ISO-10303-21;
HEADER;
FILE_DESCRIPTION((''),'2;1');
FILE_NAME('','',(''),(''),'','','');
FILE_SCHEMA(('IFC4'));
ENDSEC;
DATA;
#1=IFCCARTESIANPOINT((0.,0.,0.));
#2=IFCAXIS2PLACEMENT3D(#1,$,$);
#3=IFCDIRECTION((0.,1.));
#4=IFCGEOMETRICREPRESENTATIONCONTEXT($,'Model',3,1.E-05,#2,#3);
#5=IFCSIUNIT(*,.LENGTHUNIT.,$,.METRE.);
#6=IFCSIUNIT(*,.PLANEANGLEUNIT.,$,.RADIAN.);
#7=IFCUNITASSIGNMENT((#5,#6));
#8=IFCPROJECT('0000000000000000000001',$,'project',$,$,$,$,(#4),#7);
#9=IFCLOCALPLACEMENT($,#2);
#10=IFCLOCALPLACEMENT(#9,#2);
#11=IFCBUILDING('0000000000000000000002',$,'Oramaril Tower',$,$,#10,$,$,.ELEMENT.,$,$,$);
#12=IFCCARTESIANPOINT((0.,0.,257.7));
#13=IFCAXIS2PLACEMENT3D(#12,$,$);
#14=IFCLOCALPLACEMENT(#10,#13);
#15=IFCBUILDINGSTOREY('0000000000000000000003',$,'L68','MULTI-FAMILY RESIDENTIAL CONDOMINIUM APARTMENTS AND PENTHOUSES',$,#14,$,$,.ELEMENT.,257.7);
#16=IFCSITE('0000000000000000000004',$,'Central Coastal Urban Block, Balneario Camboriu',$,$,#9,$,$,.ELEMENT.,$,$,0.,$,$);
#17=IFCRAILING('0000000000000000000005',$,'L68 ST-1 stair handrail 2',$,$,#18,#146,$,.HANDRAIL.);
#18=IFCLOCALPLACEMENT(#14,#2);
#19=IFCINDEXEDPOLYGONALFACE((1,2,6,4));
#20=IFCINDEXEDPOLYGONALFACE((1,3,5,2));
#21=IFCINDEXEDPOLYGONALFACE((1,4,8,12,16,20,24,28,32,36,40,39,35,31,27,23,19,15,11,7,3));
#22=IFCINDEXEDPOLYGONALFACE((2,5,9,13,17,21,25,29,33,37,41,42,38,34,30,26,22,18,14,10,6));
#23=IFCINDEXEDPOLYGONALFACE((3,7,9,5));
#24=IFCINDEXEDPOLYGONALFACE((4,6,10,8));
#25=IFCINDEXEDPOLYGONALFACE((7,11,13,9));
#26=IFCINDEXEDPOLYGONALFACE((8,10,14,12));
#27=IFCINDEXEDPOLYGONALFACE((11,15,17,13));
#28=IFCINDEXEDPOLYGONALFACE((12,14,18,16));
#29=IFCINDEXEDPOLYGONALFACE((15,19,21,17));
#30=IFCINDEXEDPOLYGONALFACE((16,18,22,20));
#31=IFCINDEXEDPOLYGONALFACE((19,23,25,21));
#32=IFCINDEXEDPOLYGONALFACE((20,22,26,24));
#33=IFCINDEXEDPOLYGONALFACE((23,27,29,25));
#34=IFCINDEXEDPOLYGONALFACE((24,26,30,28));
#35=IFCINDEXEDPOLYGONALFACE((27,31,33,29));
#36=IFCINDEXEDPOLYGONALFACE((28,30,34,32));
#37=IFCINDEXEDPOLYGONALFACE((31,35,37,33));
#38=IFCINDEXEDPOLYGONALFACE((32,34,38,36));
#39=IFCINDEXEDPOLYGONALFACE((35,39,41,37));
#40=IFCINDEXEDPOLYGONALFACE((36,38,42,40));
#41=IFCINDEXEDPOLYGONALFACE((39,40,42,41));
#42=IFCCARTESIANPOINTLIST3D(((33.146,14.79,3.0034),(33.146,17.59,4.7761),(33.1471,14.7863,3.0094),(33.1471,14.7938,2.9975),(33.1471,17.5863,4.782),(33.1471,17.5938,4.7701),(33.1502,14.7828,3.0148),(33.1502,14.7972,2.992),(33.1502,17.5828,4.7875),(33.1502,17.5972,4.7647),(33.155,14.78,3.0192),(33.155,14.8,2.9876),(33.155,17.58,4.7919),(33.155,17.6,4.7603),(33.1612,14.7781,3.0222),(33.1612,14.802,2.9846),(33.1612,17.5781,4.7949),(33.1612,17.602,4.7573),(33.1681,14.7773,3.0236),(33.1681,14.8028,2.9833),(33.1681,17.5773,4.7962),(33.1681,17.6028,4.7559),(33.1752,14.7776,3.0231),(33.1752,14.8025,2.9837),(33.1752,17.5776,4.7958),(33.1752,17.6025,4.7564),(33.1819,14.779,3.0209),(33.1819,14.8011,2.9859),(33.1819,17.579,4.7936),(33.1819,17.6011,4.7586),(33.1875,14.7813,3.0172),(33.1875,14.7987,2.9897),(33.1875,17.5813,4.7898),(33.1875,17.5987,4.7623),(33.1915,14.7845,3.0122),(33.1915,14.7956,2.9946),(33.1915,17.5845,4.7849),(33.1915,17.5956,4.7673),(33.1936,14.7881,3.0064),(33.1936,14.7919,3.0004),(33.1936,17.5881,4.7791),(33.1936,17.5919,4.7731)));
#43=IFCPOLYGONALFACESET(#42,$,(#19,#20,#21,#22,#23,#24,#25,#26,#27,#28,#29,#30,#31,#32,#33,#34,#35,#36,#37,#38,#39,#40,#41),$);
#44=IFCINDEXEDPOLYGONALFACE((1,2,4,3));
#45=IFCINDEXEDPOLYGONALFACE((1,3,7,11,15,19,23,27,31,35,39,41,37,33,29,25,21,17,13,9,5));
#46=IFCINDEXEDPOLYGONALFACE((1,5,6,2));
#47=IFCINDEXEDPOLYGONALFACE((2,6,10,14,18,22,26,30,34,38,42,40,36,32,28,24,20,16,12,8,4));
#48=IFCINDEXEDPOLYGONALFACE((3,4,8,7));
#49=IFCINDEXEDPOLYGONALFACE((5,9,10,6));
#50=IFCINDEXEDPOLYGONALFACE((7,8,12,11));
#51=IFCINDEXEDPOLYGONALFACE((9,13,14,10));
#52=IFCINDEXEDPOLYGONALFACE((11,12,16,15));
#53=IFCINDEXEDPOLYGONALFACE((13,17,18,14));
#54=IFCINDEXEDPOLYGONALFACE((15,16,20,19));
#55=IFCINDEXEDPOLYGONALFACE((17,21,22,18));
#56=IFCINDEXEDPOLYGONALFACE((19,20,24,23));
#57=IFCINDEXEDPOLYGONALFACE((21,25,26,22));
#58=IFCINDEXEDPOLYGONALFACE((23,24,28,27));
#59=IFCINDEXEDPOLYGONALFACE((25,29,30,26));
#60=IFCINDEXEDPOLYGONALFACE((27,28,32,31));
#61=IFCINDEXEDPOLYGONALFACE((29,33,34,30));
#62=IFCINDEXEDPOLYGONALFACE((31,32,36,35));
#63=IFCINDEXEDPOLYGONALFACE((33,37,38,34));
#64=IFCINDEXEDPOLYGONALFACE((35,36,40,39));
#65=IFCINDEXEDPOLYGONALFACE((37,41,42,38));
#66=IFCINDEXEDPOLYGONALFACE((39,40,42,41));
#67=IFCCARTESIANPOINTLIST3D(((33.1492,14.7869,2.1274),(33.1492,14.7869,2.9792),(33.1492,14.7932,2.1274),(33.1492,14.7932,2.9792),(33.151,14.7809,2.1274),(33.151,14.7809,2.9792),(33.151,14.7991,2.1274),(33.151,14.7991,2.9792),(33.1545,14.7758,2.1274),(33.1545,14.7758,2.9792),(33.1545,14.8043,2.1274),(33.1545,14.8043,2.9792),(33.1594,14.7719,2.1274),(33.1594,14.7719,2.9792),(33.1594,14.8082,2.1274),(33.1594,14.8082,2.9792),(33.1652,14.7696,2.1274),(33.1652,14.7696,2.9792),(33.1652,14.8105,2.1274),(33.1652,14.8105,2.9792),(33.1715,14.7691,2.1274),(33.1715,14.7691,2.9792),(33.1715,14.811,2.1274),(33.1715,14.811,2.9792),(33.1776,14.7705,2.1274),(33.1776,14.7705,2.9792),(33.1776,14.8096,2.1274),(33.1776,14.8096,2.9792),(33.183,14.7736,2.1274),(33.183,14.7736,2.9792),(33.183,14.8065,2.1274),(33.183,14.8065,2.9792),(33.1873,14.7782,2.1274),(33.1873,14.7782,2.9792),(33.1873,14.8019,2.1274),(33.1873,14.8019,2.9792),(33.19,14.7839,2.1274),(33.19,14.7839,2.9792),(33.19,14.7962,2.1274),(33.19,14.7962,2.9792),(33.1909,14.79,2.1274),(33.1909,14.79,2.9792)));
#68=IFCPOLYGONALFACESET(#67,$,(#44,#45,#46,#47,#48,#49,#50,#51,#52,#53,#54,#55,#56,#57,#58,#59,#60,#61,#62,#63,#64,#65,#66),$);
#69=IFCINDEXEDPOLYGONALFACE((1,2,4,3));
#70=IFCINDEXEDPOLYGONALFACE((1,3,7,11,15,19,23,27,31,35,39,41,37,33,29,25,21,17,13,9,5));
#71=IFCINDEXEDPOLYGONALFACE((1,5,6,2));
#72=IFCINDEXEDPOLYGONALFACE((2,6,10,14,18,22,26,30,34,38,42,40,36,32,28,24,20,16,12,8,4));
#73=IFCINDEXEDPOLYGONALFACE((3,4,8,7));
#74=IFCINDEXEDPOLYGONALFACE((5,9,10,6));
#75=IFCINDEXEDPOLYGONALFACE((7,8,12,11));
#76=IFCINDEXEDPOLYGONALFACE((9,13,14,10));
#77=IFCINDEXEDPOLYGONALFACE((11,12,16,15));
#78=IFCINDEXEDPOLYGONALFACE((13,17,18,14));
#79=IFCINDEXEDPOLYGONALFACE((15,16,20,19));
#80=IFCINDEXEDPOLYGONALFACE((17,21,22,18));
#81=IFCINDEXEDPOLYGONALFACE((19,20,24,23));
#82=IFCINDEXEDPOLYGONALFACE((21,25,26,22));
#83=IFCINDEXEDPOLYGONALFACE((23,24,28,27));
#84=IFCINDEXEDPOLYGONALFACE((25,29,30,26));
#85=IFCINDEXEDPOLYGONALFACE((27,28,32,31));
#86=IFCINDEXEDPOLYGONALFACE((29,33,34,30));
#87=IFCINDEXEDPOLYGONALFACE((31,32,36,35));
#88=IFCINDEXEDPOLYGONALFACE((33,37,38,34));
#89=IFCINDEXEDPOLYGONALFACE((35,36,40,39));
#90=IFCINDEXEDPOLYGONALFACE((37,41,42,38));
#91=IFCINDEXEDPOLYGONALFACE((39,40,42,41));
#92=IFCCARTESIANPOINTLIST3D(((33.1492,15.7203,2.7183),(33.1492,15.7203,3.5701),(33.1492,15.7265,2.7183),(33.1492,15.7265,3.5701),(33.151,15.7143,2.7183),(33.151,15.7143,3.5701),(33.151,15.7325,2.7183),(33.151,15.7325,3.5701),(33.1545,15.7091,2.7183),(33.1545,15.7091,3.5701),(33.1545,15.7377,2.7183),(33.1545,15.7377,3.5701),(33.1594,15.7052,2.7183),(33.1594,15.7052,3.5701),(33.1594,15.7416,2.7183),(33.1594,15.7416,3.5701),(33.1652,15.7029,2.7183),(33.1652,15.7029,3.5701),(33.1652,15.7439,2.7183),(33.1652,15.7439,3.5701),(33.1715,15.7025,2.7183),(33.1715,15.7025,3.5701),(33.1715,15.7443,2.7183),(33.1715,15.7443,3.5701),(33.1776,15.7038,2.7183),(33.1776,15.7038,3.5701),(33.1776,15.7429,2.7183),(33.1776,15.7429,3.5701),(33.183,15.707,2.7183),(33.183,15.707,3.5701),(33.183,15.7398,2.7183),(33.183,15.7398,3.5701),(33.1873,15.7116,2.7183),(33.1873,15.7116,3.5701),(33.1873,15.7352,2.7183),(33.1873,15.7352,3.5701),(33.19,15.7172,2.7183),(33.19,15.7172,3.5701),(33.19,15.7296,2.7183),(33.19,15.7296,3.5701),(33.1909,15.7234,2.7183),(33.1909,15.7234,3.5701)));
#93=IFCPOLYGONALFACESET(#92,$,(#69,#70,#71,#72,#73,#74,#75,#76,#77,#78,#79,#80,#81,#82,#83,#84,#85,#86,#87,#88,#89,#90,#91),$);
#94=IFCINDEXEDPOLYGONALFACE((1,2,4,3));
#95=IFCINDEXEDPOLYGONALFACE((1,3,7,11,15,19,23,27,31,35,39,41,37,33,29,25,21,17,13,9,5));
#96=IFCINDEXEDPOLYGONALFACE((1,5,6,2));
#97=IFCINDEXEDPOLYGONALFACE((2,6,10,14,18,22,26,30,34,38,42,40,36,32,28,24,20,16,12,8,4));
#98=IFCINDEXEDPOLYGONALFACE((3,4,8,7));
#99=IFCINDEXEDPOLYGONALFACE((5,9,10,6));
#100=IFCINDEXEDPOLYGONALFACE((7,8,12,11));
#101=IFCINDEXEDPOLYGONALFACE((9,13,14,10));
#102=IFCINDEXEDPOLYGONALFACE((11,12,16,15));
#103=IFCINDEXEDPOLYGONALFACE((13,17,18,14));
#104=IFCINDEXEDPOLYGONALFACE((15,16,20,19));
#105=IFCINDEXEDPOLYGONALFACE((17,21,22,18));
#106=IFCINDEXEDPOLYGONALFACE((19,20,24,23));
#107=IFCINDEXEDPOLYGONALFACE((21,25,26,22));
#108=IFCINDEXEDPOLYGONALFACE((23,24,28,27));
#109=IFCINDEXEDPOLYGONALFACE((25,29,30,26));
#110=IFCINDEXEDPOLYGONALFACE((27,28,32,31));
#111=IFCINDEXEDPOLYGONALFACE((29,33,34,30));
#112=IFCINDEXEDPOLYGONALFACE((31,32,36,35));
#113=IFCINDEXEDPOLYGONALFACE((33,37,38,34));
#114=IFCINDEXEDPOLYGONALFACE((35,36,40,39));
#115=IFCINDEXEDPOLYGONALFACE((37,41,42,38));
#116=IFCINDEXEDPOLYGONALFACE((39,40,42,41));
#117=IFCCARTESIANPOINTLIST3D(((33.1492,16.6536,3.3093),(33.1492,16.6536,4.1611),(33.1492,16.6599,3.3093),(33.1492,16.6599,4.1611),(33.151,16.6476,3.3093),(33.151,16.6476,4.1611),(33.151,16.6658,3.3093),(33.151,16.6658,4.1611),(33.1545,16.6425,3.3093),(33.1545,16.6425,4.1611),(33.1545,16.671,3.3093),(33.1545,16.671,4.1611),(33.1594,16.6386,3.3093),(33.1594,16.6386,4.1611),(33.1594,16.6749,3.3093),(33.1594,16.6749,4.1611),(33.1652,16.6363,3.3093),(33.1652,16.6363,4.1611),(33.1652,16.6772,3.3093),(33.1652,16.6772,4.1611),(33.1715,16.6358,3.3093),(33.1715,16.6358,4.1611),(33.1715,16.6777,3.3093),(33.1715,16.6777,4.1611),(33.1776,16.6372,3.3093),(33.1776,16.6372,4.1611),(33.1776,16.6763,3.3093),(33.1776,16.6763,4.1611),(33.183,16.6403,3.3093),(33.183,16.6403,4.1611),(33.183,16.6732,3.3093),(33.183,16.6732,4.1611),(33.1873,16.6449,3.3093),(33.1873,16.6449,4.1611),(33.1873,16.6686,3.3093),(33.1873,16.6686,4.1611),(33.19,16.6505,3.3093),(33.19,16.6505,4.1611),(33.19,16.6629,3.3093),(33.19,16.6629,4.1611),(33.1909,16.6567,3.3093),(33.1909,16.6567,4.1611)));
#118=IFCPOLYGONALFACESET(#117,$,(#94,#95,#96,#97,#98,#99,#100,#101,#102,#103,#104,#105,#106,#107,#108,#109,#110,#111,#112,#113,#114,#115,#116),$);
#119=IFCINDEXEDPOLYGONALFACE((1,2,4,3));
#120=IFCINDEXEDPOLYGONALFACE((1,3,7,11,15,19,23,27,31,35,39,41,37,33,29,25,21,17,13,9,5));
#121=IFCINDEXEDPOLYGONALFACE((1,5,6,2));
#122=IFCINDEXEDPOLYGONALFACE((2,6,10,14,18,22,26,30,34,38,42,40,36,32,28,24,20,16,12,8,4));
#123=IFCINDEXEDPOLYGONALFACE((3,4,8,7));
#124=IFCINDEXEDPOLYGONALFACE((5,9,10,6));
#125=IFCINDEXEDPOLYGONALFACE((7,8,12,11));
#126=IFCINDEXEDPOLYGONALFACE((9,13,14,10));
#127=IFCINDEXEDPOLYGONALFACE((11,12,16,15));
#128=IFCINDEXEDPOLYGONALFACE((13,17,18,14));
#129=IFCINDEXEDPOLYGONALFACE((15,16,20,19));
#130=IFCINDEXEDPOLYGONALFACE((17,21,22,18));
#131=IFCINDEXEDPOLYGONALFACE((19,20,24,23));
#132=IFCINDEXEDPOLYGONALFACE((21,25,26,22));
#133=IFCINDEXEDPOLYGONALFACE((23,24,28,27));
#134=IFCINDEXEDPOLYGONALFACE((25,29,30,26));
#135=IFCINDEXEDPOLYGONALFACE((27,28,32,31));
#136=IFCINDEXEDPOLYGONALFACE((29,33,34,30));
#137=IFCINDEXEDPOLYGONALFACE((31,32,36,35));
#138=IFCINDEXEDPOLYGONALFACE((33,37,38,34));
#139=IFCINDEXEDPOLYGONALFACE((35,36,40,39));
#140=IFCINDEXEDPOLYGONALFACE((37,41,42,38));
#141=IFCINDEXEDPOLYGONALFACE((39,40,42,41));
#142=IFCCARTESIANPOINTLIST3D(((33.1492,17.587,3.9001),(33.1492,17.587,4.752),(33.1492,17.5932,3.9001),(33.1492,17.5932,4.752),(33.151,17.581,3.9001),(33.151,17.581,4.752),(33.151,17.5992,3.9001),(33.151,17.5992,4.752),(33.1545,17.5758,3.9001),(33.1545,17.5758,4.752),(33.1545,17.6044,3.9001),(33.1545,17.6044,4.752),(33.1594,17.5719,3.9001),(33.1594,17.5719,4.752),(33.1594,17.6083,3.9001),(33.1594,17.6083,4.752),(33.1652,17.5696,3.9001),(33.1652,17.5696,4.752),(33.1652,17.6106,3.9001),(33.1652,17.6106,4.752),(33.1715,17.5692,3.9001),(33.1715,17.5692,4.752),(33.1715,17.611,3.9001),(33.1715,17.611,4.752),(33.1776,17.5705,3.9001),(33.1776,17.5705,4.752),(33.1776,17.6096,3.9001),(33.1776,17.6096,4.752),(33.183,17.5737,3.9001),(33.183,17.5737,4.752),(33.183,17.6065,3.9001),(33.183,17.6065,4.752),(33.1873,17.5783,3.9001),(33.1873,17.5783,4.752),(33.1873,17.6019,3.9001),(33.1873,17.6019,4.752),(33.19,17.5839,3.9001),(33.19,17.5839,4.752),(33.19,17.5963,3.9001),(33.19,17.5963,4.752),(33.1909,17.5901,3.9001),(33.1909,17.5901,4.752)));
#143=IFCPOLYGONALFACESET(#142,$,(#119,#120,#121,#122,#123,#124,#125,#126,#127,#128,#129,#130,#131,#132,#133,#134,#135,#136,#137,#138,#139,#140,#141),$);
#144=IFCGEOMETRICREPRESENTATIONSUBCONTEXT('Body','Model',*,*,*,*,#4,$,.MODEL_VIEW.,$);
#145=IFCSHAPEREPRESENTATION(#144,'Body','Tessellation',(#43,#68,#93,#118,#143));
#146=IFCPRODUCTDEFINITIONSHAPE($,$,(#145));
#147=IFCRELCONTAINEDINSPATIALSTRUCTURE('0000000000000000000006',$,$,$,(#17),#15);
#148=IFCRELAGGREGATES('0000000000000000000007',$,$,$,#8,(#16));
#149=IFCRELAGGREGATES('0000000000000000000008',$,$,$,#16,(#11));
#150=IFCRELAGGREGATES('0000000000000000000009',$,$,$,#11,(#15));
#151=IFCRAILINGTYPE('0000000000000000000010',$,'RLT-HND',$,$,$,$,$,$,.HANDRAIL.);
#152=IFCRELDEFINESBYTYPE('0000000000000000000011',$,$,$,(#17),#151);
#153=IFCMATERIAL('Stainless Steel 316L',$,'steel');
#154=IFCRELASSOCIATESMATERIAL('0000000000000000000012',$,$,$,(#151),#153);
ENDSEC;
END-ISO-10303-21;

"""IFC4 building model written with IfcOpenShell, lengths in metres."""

from ifc_helpers import new_model, si_unit, direction, frame, origin, origin_2d, place, context, subcontext, project, spatial, circle, extrude, material, type_object, element, save


model = new_model("IFC4")

# Units and contexts
model_context = context("Model", 3, precision=1e-05, world=origin(), true_north=direction((0.0, 1.0)))
body_context = subcontext(model_context, "Body", "Model", "MODEL_VIEW")
ifc_project = project(units=[si_unit("LENGTHUNIT", "METRE"), si_unit("PLANEANGLEUNIT", "RADIAN")], contexts=[model_context])

# Site, building, storey
site_placement = place(None, origin())
site = spatial("IfcSite", under=ifc_project, at=site_placement, Name="Central Coastal Urban Block, Balneario Camboriu", CompositionType="ELEMENT", RefElevation=0.0)
building_placement = place(site_placement, origin())
building = spatial("IfcBuilding", under=site, at=building_placement, Name="Oramaril Tower", CompositionType="ELEMENT")
storey_placement = place(building_placement, frame((0.0, 0.0, 257.7)))
storey = spatial("IfcBuildingStorey", under=building, at=storey_placement, Name="L68", Description="MULTI-FAMILY RESIDENTIAL CONDOMINIUM APARTMENTS AND PENTHOUSES", CompositionType="ELEMENT", Elevation=257.7)

# Railing
ifc_material_1 = material(Name="Stainless Steel 316L", Category="steel")
railing_type_1 = type_object("IfcRailingType", Name="RLT-HND", PredefinedType="HANDRAIL", material=ifc_material_1)
railing_1_placement = place(storey_placement, frame((33.1699, 14.79, 2.1274)))
element("IfcRailing", 1, at=railing_1_placement, inside=storey, type_object=railing_type_1, Name="L68 ST-1 stair handrail 2", PredefinedType="HANDRAIL", context=body_context, shape_type="SweptSolid", body=[
    extrude(circle(Radius=0.0239, at=origin_2d()), frame((0.0, 0.0, 0.876), z_axis=(0.0, 0.844909, 0.53491), x_axis=(-1.0, 0.0, 0.0)), (0.0, 0.0, 1.0), 3.314),
    extrude(circle(Radius=0.021, at=origin_2d()), origin(), (0.0, 0.0, 1.0), 0.8518),
    extrude(circle(Radius=0.021, at=origin_2d()), frame((0.0, 0.9333, 0.5908)), (0.0, 0.0, 1.0), 0.8518),
    extrude(circle(Radius=0.021, at=origin_2d()), frame((0.0, 1.8667, 1.1819)), (0.0, 0.0, 1.0), 0.8518),
    extrude(circle(Radius=0.021, at=origin_2d()), frame((0.0, 2.8, 1.7727)), (0.0, 0.0, 1.0), 0.8518),
])

save(model, "model.ifc")
